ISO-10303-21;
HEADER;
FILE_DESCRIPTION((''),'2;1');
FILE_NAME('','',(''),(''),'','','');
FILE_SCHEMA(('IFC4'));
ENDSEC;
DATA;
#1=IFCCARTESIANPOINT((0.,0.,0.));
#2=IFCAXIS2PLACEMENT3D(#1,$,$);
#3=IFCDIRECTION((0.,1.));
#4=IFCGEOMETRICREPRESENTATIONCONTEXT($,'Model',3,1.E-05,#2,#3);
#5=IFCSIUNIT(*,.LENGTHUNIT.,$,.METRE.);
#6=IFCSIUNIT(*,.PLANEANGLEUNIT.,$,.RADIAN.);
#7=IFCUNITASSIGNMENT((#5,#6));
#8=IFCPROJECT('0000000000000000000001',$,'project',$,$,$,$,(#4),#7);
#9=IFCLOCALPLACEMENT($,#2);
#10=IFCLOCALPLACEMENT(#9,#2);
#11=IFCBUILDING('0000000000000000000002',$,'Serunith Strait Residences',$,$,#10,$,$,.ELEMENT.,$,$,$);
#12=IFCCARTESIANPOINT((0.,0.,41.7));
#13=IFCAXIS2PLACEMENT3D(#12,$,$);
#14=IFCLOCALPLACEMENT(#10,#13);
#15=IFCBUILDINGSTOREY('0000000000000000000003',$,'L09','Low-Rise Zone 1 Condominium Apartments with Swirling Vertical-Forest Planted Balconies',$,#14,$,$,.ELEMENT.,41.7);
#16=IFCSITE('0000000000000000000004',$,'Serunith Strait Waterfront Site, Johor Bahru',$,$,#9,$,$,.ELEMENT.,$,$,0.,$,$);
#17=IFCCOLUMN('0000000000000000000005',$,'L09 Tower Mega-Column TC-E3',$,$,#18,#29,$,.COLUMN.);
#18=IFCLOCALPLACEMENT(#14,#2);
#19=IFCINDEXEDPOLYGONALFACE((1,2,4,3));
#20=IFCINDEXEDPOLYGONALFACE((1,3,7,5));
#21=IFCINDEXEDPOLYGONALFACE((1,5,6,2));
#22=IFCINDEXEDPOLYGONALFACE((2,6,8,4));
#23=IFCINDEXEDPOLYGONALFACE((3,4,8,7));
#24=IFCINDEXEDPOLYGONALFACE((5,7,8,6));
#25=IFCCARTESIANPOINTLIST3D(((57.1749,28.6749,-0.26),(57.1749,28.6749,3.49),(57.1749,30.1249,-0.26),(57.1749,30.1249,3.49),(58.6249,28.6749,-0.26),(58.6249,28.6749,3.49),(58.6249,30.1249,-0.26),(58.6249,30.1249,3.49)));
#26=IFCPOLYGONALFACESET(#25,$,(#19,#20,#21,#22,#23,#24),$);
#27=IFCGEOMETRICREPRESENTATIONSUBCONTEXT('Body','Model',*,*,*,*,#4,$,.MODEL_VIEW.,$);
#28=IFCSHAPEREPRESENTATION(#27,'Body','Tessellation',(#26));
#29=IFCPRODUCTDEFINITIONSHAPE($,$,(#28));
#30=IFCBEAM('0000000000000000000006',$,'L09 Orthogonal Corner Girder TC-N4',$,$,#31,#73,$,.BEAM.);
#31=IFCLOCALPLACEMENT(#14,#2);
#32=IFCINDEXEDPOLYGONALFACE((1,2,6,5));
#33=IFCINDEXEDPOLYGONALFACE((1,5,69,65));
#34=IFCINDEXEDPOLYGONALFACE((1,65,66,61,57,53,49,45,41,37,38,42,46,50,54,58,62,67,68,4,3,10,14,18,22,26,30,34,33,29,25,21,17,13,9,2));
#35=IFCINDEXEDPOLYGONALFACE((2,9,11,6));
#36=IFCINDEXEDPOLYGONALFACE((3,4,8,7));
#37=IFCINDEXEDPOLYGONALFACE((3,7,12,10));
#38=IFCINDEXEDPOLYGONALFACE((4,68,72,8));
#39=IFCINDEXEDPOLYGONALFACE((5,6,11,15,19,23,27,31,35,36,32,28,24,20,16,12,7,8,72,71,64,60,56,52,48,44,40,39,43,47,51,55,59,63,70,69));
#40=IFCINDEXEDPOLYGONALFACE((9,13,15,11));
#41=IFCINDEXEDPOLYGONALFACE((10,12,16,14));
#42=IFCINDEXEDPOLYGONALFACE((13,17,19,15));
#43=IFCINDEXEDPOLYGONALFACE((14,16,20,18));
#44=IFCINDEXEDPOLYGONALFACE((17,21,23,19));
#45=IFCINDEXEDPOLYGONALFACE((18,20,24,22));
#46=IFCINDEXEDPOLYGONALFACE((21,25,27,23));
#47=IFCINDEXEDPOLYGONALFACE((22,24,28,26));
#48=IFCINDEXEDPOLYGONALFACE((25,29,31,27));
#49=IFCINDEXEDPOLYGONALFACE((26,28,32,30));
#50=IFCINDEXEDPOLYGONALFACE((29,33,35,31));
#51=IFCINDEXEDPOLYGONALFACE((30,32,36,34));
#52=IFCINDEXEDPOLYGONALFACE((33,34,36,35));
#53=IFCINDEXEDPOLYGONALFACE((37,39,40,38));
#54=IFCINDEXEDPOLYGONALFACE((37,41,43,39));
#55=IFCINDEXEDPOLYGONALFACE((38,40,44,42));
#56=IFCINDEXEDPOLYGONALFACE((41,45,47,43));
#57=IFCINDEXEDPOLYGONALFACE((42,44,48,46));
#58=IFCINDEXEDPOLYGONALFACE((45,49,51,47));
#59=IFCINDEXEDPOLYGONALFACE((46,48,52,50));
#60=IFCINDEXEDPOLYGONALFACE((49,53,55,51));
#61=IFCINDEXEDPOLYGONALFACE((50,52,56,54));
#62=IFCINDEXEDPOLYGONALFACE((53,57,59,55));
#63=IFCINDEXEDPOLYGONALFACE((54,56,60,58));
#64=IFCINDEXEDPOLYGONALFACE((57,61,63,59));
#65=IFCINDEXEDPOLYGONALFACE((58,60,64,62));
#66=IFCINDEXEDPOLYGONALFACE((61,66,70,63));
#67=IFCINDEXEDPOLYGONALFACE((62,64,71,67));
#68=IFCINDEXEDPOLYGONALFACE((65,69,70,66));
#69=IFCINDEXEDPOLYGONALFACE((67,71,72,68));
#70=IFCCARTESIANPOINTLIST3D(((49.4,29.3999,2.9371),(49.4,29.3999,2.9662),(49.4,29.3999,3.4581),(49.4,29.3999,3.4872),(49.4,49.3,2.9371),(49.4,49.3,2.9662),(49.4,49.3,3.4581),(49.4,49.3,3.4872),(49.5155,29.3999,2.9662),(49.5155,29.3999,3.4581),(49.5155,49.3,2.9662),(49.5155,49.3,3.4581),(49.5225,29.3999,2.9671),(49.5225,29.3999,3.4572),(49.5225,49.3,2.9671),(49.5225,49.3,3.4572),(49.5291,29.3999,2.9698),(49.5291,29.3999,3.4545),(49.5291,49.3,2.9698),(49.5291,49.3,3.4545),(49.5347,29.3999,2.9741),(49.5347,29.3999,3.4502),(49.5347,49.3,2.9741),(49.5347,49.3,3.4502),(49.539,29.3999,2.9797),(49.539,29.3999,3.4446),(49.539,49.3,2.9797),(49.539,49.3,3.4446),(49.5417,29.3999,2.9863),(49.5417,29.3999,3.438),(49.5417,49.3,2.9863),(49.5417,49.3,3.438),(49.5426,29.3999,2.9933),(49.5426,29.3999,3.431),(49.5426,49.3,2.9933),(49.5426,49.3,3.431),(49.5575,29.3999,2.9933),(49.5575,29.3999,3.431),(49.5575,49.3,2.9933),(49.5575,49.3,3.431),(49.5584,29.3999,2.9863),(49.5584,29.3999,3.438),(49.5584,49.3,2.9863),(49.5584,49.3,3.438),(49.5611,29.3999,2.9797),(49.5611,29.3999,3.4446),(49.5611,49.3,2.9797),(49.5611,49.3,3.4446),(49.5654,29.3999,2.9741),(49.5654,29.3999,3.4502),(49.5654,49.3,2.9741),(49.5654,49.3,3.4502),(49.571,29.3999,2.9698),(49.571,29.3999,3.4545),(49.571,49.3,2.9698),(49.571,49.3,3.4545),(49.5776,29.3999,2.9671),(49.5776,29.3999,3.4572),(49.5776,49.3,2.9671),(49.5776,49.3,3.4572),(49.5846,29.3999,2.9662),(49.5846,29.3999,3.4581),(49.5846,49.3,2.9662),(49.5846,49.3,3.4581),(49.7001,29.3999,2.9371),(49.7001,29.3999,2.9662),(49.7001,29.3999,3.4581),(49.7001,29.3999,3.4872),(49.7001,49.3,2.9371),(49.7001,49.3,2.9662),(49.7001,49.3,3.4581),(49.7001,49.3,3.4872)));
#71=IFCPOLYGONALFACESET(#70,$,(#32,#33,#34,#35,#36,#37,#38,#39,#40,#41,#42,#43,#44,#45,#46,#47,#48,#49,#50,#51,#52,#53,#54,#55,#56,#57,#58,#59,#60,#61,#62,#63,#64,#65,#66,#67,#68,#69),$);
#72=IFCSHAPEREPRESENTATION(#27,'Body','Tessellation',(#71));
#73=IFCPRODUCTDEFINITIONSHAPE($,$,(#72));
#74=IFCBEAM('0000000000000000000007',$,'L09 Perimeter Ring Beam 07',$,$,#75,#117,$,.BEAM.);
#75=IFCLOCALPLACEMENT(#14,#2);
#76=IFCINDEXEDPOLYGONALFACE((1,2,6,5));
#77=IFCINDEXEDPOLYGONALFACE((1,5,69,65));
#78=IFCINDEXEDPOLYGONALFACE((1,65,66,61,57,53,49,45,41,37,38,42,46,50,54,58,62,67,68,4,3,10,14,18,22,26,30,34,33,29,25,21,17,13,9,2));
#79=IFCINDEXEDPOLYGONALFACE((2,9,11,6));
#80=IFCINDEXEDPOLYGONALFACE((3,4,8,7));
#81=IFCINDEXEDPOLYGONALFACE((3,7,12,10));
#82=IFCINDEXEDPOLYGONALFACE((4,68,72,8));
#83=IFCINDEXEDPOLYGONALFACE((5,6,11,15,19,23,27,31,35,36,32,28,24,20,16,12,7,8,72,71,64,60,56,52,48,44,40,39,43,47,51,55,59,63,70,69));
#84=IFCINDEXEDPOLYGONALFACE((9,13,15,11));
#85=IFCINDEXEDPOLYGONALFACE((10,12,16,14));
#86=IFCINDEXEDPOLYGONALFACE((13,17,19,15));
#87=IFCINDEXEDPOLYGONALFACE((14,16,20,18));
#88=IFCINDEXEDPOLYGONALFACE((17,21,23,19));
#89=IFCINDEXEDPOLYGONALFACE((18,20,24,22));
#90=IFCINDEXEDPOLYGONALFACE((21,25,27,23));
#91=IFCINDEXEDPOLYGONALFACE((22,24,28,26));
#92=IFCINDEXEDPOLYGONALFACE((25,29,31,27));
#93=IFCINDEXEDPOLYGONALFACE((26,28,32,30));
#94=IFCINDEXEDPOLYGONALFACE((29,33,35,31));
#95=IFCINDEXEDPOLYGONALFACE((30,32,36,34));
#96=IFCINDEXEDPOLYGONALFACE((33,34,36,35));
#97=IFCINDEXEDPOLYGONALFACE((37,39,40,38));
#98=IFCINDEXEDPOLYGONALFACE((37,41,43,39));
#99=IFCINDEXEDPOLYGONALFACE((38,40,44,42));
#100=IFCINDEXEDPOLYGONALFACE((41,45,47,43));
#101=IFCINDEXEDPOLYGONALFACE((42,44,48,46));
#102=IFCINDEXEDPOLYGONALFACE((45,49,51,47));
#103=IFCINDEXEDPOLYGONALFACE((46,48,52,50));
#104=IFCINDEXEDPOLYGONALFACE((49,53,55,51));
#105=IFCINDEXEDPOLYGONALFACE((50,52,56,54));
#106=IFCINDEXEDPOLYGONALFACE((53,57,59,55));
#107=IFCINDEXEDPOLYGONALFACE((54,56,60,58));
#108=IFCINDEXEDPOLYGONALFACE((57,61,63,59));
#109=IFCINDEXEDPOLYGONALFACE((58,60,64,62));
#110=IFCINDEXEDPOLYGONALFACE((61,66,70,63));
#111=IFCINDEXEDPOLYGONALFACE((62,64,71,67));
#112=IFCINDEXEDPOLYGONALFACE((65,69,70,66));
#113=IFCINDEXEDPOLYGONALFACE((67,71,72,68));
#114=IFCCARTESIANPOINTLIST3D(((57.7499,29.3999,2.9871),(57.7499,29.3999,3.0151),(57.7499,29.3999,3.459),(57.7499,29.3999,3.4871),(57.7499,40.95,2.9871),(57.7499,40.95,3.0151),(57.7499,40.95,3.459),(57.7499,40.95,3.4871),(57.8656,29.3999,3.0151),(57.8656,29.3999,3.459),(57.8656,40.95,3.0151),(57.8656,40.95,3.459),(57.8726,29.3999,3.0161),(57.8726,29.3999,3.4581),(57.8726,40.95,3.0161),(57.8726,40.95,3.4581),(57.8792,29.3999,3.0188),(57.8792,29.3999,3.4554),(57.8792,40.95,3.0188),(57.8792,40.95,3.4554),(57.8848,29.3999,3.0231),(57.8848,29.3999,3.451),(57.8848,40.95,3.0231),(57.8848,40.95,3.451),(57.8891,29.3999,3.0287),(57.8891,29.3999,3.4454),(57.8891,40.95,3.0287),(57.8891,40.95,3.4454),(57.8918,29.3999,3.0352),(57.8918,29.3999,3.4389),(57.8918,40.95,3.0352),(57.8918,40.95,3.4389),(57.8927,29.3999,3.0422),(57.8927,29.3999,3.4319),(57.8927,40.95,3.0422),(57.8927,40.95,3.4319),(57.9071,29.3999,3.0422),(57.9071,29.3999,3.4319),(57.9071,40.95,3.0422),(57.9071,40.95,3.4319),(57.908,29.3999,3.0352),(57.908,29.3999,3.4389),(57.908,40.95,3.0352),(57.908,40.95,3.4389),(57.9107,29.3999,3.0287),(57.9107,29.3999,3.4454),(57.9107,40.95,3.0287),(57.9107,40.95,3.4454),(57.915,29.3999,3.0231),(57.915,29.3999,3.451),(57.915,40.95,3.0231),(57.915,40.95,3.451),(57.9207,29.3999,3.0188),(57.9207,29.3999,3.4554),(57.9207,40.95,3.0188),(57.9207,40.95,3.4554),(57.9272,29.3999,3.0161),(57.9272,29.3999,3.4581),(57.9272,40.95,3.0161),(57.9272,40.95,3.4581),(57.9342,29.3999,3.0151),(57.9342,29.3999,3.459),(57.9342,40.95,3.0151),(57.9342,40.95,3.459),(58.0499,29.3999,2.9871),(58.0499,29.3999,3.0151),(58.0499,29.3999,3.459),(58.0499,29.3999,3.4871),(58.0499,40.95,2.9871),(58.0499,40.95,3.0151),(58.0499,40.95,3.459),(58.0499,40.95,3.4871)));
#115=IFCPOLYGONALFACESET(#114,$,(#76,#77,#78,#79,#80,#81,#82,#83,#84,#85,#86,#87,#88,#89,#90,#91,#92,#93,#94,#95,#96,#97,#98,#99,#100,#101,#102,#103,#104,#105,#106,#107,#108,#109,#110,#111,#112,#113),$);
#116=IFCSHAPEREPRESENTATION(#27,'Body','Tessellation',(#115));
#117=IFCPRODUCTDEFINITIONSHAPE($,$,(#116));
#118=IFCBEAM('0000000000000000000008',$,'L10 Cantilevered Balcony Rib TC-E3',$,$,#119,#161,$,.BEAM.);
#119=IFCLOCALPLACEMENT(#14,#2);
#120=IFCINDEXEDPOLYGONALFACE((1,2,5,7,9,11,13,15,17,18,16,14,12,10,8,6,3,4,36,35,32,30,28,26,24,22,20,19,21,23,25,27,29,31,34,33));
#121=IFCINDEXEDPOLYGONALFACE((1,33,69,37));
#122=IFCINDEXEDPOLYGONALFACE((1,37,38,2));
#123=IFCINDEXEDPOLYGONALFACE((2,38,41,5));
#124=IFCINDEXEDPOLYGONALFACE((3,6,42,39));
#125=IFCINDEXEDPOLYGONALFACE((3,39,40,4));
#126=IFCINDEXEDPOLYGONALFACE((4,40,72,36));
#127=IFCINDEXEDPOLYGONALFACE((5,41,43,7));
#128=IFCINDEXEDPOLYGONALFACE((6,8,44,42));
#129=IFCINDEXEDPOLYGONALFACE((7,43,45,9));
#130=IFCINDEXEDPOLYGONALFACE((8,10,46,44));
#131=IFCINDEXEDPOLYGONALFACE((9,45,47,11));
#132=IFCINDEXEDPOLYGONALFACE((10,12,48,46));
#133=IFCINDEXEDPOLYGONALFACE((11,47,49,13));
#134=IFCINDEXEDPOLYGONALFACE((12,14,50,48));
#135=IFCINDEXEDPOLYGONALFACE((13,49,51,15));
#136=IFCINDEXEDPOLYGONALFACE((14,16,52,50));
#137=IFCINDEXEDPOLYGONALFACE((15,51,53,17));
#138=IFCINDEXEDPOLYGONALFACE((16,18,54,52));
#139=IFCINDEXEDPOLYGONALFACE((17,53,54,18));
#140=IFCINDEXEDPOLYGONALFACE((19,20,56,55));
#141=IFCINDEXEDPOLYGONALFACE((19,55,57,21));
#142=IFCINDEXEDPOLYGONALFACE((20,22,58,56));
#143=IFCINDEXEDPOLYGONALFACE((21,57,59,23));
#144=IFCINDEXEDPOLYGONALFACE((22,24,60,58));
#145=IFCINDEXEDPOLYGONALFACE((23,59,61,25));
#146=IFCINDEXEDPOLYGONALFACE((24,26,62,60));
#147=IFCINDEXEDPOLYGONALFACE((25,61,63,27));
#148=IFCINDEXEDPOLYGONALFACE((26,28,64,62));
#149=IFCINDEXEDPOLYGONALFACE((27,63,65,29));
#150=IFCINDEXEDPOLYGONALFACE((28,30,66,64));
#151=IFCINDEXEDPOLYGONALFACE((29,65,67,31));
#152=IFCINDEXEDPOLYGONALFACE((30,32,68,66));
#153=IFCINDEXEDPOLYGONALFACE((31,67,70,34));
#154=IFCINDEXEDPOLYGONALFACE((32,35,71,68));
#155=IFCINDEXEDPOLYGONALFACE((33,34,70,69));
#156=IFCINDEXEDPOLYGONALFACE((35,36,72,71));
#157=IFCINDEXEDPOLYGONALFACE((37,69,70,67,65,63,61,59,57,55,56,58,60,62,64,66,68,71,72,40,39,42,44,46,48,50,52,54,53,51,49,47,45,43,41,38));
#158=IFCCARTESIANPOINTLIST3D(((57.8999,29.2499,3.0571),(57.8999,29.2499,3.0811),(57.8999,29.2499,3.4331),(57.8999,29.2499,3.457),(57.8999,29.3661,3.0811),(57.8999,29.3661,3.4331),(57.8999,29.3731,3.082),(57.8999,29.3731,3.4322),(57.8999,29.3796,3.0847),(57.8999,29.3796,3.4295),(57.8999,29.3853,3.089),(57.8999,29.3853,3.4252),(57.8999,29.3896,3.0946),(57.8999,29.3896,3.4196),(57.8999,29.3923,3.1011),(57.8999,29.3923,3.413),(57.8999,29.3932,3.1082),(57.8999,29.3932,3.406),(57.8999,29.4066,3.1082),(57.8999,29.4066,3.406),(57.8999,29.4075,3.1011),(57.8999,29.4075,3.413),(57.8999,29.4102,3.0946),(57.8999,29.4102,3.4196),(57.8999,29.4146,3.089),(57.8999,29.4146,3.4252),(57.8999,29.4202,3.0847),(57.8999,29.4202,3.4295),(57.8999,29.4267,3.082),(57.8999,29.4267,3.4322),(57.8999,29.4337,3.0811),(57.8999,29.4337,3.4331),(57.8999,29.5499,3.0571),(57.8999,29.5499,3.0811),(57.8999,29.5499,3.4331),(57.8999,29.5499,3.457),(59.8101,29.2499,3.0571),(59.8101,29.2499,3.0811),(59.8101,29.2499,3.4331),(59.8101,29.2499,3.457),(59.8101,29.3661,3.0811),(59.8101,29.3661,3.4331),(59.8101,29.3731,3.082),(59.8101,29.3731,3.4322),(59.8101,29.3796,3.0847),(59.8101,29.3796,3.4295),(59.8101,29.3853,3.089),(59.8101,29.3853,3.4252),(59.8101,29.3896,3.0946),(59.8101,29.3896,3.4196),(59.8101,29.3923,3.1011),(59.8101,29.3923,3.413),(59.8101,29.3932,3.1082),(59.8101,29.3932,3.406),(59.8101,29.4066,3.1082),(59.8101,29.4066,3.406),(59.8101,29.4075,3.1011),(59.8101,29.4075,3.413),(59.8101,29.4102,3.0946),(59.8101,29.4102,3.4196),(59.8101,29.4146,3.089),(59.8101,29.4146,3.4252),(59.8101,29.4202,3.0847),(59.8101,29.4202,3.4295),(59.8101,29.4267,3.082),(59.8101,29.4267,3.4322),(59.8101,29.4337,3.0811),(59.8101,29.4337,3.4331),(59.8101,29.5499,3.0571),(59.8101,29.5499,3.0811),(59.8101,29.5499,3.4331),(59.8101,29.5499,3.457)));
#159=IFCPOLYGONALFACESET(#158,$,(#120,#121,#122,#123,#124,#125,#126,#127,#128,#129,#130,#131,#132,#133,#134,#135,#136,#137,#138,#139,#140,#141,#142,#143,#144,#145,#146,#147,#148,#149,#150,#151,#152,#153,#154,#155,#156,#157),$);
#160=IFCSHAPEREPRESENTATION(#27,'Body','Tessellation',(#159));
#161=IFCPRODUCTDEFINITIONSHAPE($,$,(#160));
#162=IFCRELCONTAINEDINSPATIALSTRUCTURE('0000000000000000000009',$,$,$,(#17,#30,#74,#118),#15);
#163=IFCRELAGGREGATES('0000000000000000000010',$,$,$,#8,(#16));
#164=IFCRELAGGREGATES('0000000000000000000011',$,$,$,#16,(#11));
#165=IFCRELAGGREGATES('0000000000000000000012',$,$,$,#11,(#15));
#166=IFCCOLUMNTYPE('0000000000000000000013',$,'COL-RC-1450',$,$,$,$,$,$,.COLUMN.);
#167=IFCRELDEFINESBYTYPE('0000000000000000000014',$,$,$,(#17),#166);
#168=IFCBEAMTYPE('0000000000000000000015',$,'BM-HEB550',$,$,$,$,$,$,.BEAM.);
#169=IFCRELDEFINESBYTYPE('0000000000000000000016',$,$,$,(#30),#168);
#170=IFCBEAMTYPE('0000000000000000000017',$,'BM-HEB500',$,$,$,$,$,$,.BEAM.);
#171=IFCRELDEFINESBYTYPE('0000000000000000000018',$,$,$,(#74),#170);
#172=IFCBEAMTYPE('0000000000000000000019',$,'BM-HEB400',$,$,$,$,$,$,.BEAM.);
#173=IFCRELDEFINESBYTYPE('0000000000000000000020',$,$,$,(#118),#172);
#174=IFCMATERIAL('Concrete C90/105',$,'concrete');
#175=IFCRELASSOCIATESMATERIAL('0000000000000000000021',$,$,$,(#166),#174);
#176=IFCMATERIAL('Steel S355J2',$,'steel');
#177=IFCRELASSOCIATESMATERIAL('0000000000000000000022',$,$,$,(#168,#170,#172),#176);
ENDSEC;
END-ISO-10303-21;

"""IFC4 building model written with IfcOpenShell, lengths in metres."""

from ifc_helpers import new_model, si_unit, direction, frame, origin, origin_2d, place, context, subcontext, project, spatial, rectangle, i_section, extrude, source, transform, mapped, material, material_profile, profile_set, type_object, element, save


model = new_model("IFC4")

# Units and contexts
model_context = context("Model", 3, precision=1e-05, world=origin(), true_north=direction((0.0, 1.0)))
body_context = subcontext(model_context, "Body", "Model", "MODEL_VIEW")
ifc_project = project(units=[si_unit("LENGTHUNIT", "METRE"), si_unit("PLANEANGLEUNIT", "RADIAN")], contexts=[model_context])

# Site, building, storey
site_placement = place(None, origin())
site = spatial("IfcSite", under=ifc_project, at=site_placement, Name="Serunith Strait Waterfront Site, Johor Bahru", CompositionType="ELEMENT", RefElevation=0.0)
building_placement = place(site_placement, origin())
building = spatial("IfcBuilding", under=site, at=building_placement, Name="Serunith Strait Residences", CompositionType="ELEMENT")
storey_placement = place(building_placement, frame((0.0, 0.0, 41.7)))
storey = spatial("IfcBuildingStorey", under=building, at=storey_placement, Name="L09", Description="Low-Rise Zone 1 Condominium Apartments with Swirling Vertical-Forest Planted Balconies", CompositionType="ELEMENT", Elevation=41.7)

# Column
ifc_material_1 = material(Name="Concrete C90/105", Category="concrete")
ifc_material_profile_1 = material_profile(ifc_material_1, rectangle(XDim=1.45, YDim=1.45, at=origin_2d()), Name="RC 1450x1450")
ifc_profile_set_1 = profile_set([ifc_material_profile_1], Name="Concrete C90/105")
column_type = type_object("IfcColumnType", Name="COL-RC-1450", PredefinedType="COLUMN", material=ifc_profile_set_1)
shared_shape_1 = source(origin(), body_context, "Body", "SweptSolid", [
    extrude(rectangle(XDim=1.45, YDim=1.45, at=origin_2d()), origin(), (0.0, 0.0, 1.0), 3.75),
])
column_placement = place(storey_placement, frame((57.8999, 29.3999, -0.26), z_axis=(0.0, 0.0, 1.0), x_axis=(1.0, 0.0, 0.0)))
element("IfcColumn", 1, at=column_placement, inside=storey, type_object=column_type, Name="L09 Tower Mega-Column TC-E3", PredefinedType="COLUMN", context=body_context, shape_type="MappedRepresentation", body=[
    mapped(shared_shape_1, transform((0.0, 0.0, 0.0), scale=1.0)),
])

# Beams
ifc_material_2 = material(Name="Steel S355J2", Category="steel")
ifc_material_profile_2 = material_profile(ifc_material_2, i_section(OverallWidth=0.3, OverallDepth=0.55, WebThickness=0.0149, FlangeThickness=0.0291, FilletRadius=0.0271, at=origin_2d()), Name="HEB 550")
ifc_profile_set_2 = profile_set([ifc_material_profile_2], Name="Steel S355J2")
beam_type_1 = type_object("IfcBeamType", Name="BM-HEB550", PredefinedType="BEAM", material=ifc_profile_set_2)
shared_shape_2 = source(origin(), body_context, "Body", "SweptSolid", [
    extrude(i_section(OverallWidth=0.3, OverallDepth=0.55, WebThickness=0.0149, FlangeThickness=0.0291, FilletRadius=0.0271, at=origin_2d()), origin(), (0.0, 0.0, 1.0), 19.9001),
])
beam_1_placement = place(storey_placement, frame((49.55, 29.3999, 3.2122), z_axis=(0.0, 1.0, 0.0), x_axis=(-1.0, 0.0, 0.0)))
element("IfcBeam", 2, at=beam_1_placement, inside=storey, type_object=beam_type_1, Name="L09 Orthogonal Corner Girder TC-N4", PredefinedType="BEAM", context=body_context, shape_type="MappedRepresentation", body=[
    mapped(shared_shape_2, transform((0.0, 0.0, 0.0), scale=1.0)),
])
ifc_material_profile_3 = material_profile(ifc_material_2, i_section(OverallWidth=0.3, OverallDepth=0.5, WebThickness=0.0144, FlangeThickness=0.0281, FilletRadius=0.0271, at=origin_2d()), Name="HEB 500")
ifc_profile_set_3 = profile_set([ifc_material_profile_3], Name="Steel S355J2")
beam_type_2 = type_object("IfcBeamType", Name="BM-HEB500", PredefinedType="BEAM", material=ifc_profile_set_3)
shared_shape_3 = source(origin(), body_context, "Body", "SweptSolid", [
    extrude(i_section(OverallWidth=0.3, OverallDepth=0.5, WebThickness=0.0144, FlangeThickness=0.0281, FilletRadius=0.0271, at=origin_2d()), origin(), (0.0, 0.0, 1.0), 11.55),
])
beam_2_placement = place(storey_placement, frame((57.8999, 29.3999, 3.2371), z_axis=(0.0, 1.0, 0.0), x_axis=(-1.0, 0.0, 0.0)))
element("IfcBeam", 3, at=beam_2_placement, inside=storey, type_object=beam_type_2, Name="L09 Perimeter Ring Beam 07", PredefinedType="BEAM", context=body_context, shape_type="MappedRepresentation", body=[
    mapped(shared_shape_3, transform((0.0, 0.0, 0.0), scale=1.0)),
])
ifc_material_profile_4 = material_profile(ifc_material_2, i_section(OverallWidth=0.3, OverallDepth=0.3999, WebThickness=0.0134, FlangeThickness=0.0239, FilletRadius=0.0271, at=origin_2d()), Name="HEB 400")
ifc_profile_set_4 = profile_set([ifc_material_profile_4], Name="Steel S355J2")
beam_type_3 = type_object("IfcBeamType", Name="BM-HEB400", PredefinedType="BEAM", material=ifc_profile_set_4)
shared_shape_4 = source(origin(), body_context, "Body", "SweptSolid", [
    extrude(i_section(OverallWidth=0.3, OverallDepth=0.3999, WebThickness=0.0134, FlangeThickness=0.0239, FilletRadius=0.0271, at=origin_2d()), origin(), (0.0, 0.0, 1.0), 1.9102),
])
beam_3_placement = place(storey_placement, frame((57.8999, 29.3999, 3.2571), z_axis=(1.0, 0.0, 0.0), x_axis=(0.0, 1.0, 0.0)))
element("IfcBeam", 4, at=beam_3_placement, inside=storey, type_object=beam_type_3, Name="L10 Cantilevered Balcony Rib TC-E3", PredefinedType="BEAM", context=body_context, shape_type="MappedRepresentation", body=[
    mapped(shared_shape_4, transform((0.0, 0.0, 0.0), scale=1.0)),
])

save(model, "model.ifc")
